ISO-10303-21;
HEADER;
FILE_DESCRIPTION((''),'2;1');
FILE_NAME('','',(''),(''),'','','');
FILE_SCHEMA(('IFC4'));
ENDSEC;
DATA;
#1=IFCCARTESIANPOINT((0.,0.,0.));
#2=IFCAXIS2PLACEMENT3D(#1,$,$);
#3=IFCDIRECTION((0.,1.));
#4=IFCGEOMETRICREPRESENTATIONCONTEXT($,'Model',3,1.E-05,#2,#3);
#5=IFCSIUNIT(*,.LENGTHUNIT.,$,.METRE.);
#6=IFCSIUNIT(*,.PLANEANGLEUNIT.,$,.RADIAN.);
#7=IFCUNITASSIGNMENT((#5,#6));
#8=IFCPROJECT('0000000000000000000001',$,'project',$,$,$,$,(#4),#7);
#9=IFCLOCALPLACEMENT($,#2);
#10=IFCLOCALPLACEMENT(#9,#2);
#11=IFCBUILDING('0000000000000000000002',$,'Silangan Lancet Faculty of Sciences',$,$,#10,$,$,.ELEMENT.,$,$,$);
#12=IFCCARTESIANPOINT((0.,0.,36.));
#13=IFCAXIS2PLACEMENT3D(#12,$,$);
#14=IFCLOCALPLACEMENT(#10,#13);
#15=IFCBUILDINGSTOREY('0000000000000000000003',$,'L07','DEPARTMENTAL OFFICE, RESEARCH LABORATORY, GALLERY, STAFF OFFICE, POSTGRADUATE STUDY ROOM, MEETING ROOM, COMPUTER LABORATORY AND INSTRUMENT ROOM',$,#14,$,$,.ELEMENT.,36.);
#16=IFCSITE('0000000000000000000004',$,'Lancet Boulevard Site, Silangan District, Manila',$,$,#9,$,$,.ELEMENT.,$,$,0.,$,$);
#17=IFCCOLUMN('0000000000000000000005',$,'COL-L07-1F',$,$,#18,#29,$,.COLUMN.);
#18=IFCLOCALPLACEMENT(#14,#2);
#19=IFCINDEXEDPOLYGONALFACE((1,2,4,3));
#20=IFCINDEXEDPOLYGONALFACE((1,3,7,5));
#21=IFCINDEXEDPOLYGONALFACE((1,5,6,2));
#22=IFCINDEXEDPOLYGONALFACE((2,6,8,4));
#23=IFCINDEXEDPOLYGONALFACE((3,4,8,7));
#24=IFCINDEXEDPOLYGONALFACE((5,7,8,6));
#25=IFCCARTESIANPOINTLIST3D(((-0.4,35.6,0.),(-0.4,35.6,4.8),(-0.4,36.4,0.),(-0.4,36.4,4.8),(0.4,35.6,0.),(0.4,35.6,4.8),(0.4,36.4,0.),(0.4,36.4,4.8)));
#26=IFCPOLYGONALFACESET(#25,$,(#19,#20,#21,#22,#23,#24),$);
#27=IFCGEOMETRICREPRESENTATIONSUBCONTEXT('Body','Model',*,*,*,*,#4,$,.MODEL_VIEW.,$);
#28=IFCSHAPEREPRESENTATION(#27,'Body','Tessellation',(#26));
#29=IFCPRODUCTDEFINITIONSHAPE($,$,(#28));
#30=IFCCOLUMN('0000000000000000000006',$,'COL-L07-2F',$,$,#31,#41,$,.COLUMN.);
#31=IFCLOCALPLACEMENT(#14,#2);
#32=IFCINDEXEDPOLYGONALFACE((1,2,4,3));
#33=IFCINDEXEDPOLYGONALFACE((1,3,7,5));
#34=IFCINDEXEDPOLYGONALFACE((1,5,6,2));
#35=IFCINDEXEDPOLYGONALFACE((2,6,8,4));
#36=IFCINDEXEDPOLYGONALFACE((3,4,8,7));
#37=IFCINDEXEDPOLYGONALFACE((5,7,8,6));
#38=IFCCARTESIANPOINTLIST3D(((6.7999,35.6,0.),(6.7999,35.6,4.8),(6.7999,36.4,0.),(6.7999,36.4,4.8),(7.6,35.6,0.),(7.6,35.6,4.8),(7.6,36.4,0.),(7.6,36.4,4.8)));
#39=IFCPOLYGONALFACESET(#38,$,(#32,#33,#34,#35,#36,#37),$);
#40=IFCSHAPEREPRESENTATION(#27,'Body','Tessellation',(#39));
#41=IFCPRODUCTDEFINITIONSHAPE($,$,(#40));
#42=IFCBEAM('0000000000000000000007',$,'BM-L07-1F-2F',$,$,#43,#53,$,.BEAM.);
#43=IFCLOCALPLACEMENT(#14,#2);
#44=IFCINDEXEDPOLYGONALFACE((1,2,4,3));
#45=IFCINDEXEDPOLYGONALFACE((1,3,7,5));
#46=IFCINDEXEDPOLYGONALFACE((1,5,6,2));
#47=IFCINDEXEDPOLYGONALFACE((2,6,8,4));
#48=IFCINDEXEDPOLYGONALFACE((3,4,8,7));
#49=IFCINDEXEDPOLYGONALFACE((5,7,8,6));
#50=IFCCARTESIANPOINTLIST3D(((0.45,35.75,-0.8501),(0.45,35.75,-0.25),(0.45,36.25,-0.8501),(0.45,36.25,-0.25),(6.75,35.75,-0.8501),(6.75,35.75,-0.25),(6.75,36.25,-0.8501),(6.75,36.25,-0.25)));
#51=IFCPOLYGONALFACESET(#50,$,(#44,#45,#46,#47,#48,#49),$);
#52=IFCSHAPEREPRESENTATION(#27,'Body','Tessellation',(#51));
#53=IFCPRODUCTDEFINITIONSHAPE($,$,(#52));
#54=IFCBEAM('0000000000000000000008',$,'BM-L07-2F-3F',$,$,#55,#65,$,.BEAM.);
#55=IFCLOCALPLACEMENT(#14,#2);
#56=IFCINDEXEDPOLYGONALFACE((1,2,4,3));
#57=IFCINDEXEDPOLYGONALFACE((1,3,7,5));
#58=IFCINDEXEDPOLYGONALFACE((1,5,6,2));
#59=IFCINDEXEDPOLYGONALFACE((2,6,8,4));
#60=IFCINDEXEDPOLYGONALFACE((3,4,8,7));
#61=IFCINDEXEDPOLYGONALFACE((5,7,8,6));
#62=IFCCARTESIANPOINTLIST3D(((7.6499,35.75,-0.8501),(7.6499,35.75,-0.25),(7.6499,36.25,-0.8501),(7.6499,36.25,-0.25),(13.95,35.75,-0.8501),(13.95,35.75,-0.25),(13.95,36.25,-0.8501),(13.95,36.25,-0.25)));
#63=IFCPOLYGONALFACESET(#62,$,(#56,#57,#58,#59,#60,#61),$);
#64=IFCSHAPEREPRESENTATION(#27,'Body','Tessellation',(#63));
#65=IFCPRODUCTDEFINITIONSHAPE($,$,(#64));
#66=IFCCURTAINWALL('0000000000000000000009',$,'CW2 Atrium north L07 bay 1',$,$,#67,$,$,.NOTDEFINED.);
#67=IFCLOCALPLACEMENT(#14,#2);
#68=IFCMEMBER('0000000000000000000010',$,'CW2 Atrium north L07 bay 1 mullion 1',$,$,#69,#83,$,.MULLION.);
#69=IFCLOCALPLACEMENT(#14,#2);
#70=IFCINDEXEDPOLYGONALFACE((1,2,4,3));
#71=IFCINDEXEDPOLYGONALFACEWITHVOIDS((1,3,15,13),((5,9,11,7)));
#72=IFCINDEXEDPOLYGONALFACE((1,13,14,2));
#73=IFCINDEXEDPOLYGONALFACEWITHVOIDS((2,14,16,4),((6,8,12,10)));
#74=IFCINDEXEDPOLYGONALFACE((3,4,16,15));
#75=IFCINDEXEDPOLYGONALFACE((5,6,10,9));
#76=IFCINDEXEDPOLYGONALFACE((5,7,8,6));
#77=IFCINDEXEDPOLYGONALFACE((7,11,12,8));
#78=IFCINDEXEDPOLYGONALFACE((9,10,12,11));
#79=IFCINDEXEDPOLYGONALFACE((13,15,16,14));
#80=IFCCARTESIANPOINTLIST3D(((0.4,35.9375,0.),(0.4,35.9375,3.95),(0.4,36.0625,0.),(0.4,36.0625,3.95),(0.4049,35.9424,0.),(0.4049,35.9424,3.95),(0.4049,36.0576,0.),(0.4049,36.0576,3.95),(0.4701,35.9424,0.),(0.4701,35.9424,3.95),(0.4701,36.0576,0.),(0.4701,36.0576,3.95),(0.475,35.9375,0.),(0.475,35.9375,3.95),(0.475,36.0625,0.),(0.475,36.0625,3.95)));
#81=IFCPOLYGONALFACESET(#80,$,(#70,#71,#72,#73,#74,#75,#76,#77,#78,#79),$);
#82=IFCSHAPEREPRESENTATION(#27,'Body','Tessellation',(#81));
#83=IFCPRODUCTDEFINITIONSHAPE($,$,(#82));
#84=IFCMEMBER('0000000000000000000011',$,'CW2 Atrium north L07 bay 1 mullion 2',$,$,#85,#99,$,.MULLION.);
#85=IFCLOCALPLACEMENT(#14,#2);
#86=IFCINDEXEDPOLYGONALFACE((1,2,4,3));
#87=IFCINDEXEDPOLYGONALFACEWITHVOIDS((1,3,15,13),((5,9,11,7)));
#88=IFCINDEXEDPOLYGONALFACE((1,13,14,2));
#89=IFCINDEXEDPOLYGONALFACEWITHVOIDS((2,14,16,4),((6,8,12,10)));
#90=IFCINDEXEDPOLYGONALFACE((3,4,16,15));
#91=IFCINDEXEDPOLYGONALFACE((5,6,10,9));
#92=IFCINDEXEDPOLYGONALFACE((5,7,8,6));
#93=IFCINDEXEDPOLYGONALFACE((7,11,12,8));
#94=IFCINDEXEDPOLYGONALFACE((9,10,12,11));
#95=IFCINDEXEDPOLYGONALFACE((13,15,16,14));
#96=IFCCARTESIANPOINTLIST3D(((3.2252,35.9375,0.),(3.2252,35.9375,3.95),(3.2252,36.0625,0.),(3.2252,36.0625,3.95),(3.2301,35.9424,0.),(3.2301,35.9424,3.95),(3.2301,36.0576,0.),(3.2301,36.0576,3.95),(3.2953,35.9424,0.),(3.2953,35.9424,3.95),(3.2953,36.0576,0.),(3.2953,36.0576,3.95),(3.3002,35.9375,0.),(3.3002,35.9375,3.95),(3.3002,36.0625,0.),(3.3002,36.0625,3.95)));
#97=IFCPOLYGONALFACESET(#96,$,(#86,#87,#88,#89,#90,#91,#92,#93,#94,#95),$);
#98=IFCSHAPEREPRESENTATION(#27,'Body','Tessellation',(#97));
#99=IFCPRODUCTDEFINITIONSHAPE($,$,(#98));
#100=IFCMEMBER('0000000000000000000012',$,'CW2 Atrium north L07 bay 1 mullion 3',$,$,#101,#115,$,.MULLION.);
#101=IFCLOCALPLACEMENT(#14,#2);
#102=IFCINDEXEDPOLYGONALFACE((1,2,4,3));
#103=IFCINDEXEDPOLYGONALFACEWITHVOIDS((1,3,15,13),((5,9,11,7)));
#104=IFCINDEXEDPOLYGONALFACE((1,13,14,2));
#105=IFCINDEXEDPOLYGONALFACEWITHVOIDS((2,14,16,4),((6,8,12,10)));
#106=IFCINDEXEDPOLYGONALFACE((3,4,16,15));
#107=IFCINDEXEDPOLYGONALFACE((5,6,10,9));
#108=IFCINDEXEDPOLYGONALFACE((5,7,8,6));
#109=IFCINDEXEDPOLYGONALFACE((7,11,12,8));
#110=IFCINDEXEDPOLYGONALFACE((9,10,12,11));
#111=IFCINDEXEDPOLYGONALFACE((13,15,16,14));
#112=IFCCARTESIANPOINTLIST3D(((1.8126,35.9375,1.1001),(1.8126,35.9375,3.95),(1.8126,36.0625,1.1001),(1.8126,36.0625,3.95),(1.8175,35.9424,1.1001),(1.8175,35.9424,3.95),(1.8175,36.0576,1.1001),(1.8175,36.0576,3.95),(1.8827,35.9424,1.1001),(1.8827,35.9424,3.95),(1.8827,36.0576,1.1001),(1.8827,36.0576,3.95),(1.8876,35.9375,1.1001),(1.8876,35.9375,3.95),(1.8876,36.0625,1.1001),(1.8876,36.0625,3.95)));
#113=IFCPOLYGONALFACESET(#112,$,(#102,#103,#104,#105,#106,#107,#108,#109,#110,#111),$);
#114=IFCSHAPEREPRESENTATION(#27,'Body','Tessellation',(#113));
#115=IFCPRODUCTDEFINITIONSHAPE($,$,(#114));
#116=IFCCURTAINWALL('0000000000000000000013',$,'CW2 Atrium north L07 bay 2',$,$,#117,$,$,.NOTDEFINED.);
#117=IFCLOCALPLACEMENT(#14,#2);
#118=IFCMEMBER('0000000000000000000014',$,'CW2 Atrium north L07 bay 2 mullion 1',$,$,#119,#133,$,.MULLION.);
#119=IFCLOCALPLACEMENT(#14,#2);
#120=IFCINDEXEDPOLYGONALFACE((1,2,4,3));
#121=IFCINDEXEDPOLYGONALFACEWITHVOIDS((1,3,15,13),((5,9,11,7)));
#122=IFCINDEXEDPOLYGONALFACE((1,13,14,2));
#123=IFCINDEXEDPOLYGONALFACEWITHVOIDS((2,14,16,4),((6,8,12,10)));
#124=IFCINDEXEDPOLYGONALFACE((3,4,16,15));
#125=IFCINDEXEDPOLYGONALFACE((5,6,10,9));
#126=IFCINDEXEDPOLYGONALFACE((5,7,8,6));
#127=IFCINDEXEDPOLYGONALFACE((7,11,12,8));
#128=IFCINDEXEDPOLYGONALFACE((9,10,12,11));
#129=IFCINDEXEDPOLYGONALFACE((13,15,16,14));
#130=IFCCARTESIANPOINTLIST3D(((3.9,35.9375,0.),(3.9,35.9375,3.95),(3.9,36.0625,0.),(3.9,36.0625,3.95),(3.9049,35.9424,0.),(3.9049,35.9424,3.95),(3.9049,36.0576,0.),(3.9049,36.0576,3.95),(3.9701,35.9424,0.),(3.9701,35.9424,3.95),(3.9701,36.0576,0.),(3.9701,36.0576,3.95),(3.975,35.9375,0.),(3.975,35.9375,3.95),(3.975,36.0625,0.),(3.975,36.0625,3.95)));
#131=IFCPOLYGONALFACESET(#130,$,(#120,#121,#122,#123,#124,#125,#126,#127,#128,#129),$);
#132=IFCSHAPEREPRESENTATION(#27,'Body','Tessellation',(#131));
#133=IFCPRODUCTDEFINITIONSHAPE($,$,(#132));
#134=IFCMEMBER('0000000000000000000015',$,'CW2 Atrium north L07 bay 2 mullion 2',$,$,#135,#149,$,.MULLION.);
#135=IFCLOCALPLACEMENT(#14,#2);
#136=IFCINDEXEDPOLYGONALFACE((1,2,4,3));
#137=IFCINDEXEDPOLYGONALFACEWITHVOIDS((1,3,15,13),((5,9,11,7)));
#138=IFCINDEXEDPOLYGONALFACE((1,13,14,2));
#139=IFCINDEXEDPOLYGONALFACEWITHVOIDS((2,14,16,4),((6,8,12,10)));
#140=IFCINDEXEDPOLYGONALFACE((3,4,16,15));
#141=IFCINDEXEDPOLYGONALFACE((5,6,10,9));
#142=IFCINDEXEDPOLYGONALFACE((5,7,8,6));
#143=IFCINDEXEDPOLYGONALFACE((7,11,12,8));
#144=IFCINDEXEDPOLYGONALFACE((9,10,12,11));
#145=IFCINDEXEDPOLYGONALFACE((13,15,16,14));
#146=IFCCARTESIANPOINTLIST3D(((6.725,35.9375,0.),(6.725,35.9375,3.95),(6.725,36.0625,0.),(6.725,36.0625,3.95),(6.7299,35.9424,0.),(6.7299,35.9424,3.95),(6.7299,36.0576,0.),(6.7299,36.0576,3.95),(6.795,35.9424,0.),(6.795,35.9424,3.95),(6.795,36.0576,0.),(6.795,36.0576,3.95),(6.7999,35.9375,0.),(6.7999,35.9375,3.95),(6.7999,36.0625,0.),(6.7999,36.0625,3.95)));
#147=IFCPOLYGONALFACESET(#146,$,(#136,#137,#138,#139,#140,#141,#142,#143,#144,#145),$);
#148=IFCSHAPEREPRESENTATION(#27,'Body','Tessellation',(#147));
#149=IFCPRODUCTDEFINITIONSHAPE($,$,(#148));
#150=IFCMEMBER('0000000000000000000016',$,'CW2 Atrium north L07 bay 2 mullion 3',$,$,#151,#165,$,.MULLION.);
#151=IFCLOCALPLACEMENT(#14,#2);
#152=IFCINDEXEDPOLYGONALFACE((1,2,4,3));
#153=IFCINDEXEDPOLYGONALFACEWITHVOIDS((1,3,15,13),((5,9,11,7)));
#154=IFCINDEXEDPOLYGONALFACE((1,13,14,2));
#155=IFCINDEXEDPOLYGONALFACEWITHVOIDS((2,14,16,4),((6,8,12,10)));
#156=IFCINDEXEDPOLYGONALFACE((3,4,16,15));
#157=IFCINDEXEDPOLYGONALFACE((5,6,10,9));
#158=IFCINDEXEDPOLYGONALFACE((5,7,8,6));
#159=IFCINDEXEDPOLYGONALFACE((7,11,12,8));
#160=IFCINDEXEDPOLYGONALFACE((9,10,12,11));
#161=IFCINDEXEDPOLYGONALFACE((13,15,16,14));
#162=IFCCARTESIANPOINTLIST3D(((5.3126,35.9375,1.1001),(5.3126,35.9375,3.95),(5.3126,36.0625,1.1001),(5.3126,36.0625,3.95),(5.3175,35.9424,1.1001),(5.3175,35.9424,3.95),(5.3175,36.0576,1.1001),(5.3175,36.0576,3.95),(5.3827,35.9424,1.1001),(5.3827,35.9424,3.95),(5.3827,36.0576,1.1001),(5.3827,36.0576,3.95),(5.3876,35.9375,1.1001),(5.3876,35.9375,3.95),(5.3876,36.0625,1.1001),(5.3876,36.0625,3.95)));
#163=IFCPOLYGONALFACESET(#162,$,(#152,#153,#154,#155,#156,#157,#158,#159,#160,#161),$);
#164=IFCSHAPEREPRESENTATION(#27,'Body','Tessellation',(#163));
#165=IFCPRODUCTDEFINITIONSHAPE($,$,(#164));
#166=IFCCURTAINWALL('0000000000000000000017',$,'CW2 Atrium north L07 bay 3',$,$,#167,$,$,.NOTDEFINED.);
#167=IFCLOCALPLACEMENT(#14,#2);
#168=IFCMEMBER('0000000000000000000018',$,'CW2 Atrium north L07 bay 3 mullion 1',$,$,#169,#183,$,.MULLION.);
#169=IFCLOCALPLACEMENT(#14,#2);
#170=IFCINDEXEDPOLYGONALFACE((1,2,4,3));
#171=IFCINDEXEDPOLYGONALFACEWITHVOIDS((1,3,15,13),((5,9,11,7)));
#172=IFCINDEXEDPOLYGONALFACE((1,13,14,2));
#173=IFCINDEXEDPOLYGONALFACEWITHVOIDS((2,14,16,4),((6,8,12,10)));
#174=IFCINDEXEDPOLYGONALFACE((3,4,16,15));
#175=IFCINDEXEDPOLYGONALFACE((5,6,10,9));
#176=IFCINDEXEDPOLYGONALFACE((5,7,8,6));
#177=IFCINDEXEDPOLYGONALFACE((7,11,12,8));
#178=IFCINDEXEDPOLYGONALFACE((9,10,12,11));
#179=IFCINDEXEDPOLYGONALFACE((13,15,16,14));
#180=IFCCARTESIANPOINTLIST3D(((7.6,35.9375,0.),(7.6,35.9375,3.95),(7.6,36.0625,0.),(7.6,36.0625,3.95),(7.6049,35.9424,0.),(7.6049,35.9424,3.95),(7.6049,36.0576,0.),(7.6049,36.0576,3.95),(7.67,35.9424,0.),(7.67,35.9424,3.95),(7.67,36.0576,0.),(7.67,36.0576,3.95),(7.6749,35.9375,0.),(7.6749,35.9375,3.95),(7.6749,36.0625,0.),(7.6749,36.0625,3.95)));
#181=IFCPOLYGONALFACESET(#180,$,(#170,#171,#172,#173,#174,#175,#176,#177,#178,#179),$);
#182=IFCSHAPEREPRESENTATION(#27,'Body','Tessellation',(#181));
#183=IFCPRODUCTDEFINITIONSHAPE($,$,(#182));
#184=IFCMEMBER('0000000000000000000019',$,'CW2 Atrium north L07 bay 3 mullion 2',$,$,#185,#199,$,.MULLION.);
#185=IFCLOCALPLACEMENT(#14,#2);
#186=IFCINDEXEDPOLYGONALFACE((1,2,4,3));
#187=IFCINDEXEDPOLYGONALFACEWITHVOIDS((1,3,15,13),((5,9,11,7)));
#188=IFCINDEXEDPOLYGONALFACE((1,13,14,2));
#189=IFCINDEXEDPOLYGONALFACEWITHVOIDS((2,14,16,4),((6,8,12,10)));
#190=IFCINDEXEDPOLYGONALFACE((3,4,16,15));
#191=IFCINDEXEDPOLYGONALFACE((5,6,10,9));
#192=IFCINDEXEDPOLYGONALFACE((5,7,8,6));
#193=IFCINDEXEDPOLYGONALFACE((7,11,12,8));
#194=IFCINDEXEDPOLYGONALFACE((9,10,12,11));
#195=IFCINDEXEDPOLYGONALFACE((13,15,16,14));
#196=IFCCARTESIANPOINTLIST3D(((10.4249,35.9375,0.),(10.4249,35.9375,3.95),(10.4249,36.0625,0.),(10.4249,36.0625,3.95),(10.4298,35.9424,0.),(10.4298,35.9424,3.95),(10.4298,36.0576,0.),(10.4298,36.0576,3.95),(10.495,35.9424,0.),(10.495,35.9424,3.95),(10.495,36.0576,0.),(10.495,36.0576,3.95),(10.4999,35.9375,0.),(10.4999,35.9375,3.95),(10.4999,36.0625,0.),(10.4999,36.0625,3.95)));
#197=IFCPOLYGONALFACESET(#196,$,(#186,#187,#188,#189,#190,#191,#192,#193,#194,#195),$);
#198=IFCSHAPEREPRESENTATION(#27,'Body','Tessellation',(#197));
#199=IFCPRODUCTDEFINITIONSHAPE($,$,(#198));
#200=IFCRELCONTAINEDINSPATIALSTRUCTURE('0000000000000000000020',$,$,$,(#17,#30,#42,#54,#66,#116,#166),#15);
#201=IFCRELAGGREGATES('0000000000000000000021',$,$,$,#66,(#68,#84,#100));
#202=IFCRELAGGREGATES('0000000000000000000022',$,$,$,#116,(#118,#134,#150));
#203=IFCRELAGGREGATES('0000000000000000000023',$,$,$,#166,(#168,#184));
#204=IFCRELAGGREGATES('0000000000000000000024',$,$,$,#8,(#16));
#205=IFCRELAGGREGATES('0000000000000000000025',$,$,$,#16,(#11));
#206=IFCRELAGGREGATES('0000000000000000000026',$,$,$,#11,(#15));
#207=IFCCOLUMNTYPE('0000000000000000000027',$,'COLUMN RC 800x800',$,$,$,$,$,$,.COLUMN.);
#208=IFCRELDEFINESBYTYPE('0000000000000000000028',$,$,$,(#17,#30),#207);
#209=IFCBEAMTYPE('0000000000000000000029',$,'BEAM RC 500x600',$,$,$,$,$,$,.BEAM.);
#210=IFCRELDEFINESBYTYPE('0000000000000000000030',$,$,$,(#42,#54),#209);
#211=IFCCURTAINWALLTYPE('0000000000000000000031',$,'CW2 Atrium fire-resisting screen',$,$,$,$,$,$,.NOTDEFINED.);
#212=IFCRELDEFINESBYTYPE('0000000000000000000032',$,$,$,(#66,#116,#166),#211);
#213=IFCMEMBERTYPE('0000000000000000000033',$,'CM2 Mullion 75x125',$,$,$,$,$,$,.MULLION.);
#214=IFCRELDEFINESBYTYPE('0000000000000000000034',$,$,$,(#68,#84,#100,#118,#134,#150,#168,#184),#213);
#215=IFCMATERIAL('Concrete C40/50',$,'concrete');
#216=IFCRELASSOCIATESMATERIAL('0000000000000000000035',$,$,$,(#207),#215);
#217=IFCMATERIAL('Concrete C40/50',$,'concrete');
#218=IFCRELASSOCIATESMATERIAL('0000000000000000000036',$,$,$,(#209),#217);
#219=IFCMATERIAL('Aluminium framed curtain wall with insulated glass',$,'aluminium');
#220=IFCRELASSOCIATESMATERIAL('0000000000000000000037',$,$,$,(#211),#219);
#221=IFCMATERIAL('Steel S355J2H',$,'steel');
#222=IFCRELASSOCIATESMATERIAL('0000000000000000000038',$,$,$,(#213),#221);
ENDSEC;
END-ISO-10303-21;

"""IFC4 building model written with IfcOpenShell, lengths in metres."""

from ifc_helpers import new_model, si_unit, direction, frame, origin, origin_2d, place, context, subcontext, project, spatial, rectangle, hollow_rectangle, extrude, material, material_profile, profile_set, type_object, element, aggregate, save


model = new_model("IFC4")

# Units and contexts
model_context = context("Model", 3, precision=1e-05, world=origin(), true_north=direction((0.0, 1.0)))
body_context = subcontext(model_context, "Body", "Model", "MODEL_VIEW")
ifc_project = project(units=[si_unit("LENGTHUNIT", "METRE"), si_unit("PLANEANGLEUNIT", "RADIAN")], contexts=[model_context])

# Site, building, storey
site_placement = place(None, origin())
site = spatial("IfcSite", under=ifc_project, at=site_placement, Name="Lancet Boulevard Site, Silangan District, Manila", CompositionType="ELEMENT", RefElevation=0.0)
building_placement = place(site_placement, origin())
building = spatial("IfcBuilding", under=site, at=building_placement, Name="Silangan Lancet Faculty of Sciences", CompositionType="ELEMENT")
storey_placement = place(building_placement, frame((0.0, 0.0, 36.0)))
storey = spatial("IfcBuildingStorey", under=building, at=storey_placement, Name="L07", Description="DEPARTMENTAL OFFICE, RESEARCH LABORATORY, GALLERY, STAFF OFFICE, POSTGRADUATE STUDY ROOM, MEETING ROOM, COMPUTER LABORATORY AND INSTRUMENT ROOM", CompositionType="ELEMENT", Elevation=36.0)

# Columns
ifc_material_1 = material(Name="Concrete C40/50", Category="concrete")
ifc_material_profile_1 = material_profile(ifc_material_1, rectangle(XDim=0.8, YDim=0.8, at=origin_2d()), Name="RC 800x800")
ifc_profile_set_1 = profile_set([ifc_material_profile_1], Name="Concrete C40/50")
column_type = type_object("IfcColumnType", Name="COLUMN RC 800x800", PredefinedType="COLUMN", material=ifc_profile_set_1)
for number, where, z_axis, x_axis, name in (
    (1, (0.0, 36.0, 0.0), (0.0, 0.0, 1.0), (1.0, 0.0, 0.0), "COL-L07-1F"),
    (2, (7.2, 36.0, 0.0), (0.0, 0.0, 1.0), (1.0, 0.0, 0.0), "COL-L07-2F"),
):
    element("IfcColumn", number, at=place(storey_placement, frame(where, z_axis=z_axis, x_axis=x_axis)), inside=storey, type_object=column_type, Name=name, PredefinedType="COLUMN", context=body_context, shape_type="SweptSolid", body=[
        extrude(rectangle(XDim=0.8, YDim=0.8, at=origin_2d()), origin(), (0.0, 0.0, 1.0), 4.8),
    ])

# Beams
ifc_material_2 = material(Name="Concrete C40/50", Category="concrete")
ifc_material_profile_2 = material_profile(ifc_material_2, rectangle(XDim=0.5, YDim=0.6001, at=origin_2d()), Name="RC 500x600")
ifc_profile_set_2 = profile_set([ifc_material_profile_2], Name="Concrete C40/50")
beam_type = type_object("IfcBeamType", Name="BEAM RC 500x600", PredefinedType="BEAM", material=ifc_profile_set_2)
for number, where, z_axis, x_axis, name in (
    (3, (0.45, 36.0, -0.55), (1.0, 0.0, 0.0), (0.0, 1.0, 0.0), "BM-L07-1F-2F"),
    (4, (7.6499, 36.0, -0.55), (1.0, 0.0, 0.0), (0.0, 1.0, 0.0), "BM-L07-2F-3F"),
):
    element("IfcBeam", number, at=place(storey_placement, frame(where, z_axis=z_axis, x_axis=x_axis)), inside=storey, type_object=beam_type, Name=name, PredefinedType="BEAM", context=body_context, shape_type="SweptSolid", body=[
        extrude(rectangle(XDim=0.5, YDim=0.6001, at=origin_2d()), origin(), (0.0, 0.0, 1.0), 6.3),
    ])

# Curtain walls, members
ifc_material_3 = material(Name="Aluminium framed curtain wall with insulated glass", Category="aluminium")
curtain_wall_type_1 = type_object("IfcCurtainWallType", Name="CW2 Atrium fire-resisting screen", PredefinedType="NOTDEFINED", material=ifc_material_3)
curtain_wall_1_placement = place(storey_placement, origin())
curtain_wall_1 = element("IfcCurtainWall", 5, at=curtain_wall_1_placement, inside=storey, type_object=curtain_wall_type_1, Name="CW2 Atrium north L07 bay 1", PredefinedType="NOTDEFINED")
ifc_material_4 = material(Name="Steel S355J2H", Category="steel")
ifc_material_profile_3 = material_profile(ifc_material_4, hollow_rectangle(XDim=0.075, YDim=0.125, WallThickness=0.0049, at=origin_2d()), Name="ST BOX 75x125x5")
ifc_profile_set_3 = profile_set([ifc_material_profile_3], Name="Steel S355J2H")
member_type_1 = type_object("IfcMemberType", Name="CM2 Mullion 75x125", PredefinedType="MULLION", material=ifc_profile_set_3)
member_1_placement = place(storey_placement, frame((0.4375, 36.0, 0.0), z_axis=(0.0, 0.0, 1.0), x_axis=(1.0, 0.0, 0.0)))
member_1 = element("IfcMember", 6, at=member_1_placement, type_object=member_type_1, Name="CW2 Atrium north L07 bay 1 mullion 1", PredefinedType="MULLION", context=body_context, shape_type="SweptSolid", body=[
    extrude(hollow_rectangle(XDim=0.075, YDim=0.125, WallThickness=0.0049, at=origin_2d()), origin(), (0.0, 0.0, 1.0), 3.95),
])
member_2_placement = place(storey_placement, frame((3.2627, 36.0, 0.0), z_axis=(0.0, 0.0, 1.0), x_axis=(1.0, 0.0, 0.0)))
member_2 = element("IfcMember", 7, at=member_2_placement, type_object=member_type_1, Name="CW2 Atrium north L07 bay 1 mullion 2", PredefinedType="MULLION", context=body_context, shape_type="SweptSolid", body=[
    extrude(hollow_rectangle(XDim=0.075, YDim=0.125, WallThickness=0.0049, at=origin_2d()), origin(), (0.0, 0.0, 1.0), 3.95),
])
member_3_placement = place(storey_placement, frame((1.8501, 36.0, 1.1001), z_axis=(0.0, 0.0, 1.0), x_axis=(1.0, 0.0, 0.0)))
member_3 = element("IfcMember", 8, at=member_3_placement, type_object=member_type_1, Name="CW2 Atrium north L07 bay 1 mullion 3", PredefinedType="MULLION", context=body_context, shape_type="SweptSolid", body=[
    extrude(hollow_rectangle(XDim=0.075, YDim=0.125, WallThickness=0.0049, at=origin_2d()), origin(), (0.0, 0.0, 1.0), 2.8499),
])
curtain_wall_2_placement = place(storey_placement, origin())
curtain_wall_2 = element("IfcCurtainWall", 9, at=curtain_wall_2_placement, inside=storey, type_object=curtain_wall_type_1, Name="CW2 Atrium north L07 bay 2", PredefinedType="NOTDEFINED")
member_4_placement = place(storey_placement, frame((3.9375, 36.0, 0.0), z_axis=(0.0, 0.0, 1.0), x_axis=(1.0, 0.0, 0.0)))
member_4 = element("IfcMember", 10, at=member_4_placement, type_object=member_type_1, Name="CW2 Atrium north L07 bay 2 mullion 1", PredefinedType="MULLION", context=body_context, shape_type="SweptSolid", body=[
    extrude(hollow_rectangle(XDim=0.075, YDim=0.125, WallThickness=0.0049, at=origin_2d()), origin(), (0.0, 0.0, 1.0), 3.95),
])
member_5_placement = place(storey_placement, frame((6.7625, 36.0, 0.0), z_axis=(0.0, 0.0, 1.0), x_axis=(1.0, 0.0, 0.0)))
member_5 = element("IfcMember", 11, at=member_5_placement, type_object=member_type_1, Name="CW2 Atrium north L07 bay 2 mullion 2", PredefinedType="MULLION", context=body_context, shape_type="SweptSolid", body=[
    extrude(hollow_rectangle(XDim=0.075, YDim=0.125, WallThickness=0.0049, at=origin_2d()), origin(), (0.0, 0.0, 1.0), 3.95),
])
member_6_placement = place(storey_placement, frame((5.3501, 36.0, 1.1001), z_axis=(0.0, 0.0, 1.0), x_axis=(1.0, 0.0, 0.0)))
member_6 = element("IfcMember", 12, at=member_6_placement, type_object=member_type_1, Name="CW2 Atrium north L07 bay 2 mullion 3", PredefinedType="MULLION", context=body_context, shape_type="SweptSolid", body=[
    extrude(hollow_rectangle(XDim=0.075, YDim=0.125, WallThickness=0.0049, at=origin_2d()), origin(), (0.0, 0.0, 1.0), 2.8499),
])
curtain_wall_3_placement = place(storey_placement, origin())
curtain_wall_3 = element("IfcCurtainWall", 13, at=curtain_wall_3_placement, inside=storey, type_object=curtain_wall_type_1, Name="CW2 Atrium north L07 bay 3", PredefinedType="NOTDEFINED")
member_7_placement = place(storey_placement, frame((7.6375, 36.0, 0.0), z_axis=(0.0, 0.0, 1.0), x_axis=(1.0, 0.0, 0.0)))
member_7 = element("IfcMember", 14, at=member_7_placement, type_object=member_type_1, Name="CW2 Atrium north L07 bay 3 mullion 1", PredefinedType="MULLION", context=body_context, shape_type="SweptSolid", body=[
    extrude(hollow_rectangle(XDim=0.075, YDim=0.125, WallThickness=0.0049, at=origin_2d()), origin(), (0.0, 0.0, 1.0), 3.95),
])
member_8_placement = place(storey_placement, frame((10.4624, 36.0, 0.0), z_axis=(0.0, 0.0, 1.0), x_axis=(1.0, 0.0, 0.0)))
member_8 = element("IfcMember", 15, at=member_8_placement, type_object=member_type_1, Name="CW2 Atrium north L07 bay 3 mullion 2", PredefinedType="MULLION", context=body_context, shape_type="SweptSolid", body=[
    extrude(hollow_rectangle(XDim=0.075, YDim=0.125, WallThickness=0.0049, at=origin_2d()), origin(), (0.0, 0.0, 1.0), 3.95),
])

aggregate(curtain_wall_1, [member_1, member_2, member_3])
aggregate(curtain_wall_2, [member_4, member_5, member_6])
aggregate(curtain_wall_3, [member_7, member_8])

save(model, "model.ifc")
